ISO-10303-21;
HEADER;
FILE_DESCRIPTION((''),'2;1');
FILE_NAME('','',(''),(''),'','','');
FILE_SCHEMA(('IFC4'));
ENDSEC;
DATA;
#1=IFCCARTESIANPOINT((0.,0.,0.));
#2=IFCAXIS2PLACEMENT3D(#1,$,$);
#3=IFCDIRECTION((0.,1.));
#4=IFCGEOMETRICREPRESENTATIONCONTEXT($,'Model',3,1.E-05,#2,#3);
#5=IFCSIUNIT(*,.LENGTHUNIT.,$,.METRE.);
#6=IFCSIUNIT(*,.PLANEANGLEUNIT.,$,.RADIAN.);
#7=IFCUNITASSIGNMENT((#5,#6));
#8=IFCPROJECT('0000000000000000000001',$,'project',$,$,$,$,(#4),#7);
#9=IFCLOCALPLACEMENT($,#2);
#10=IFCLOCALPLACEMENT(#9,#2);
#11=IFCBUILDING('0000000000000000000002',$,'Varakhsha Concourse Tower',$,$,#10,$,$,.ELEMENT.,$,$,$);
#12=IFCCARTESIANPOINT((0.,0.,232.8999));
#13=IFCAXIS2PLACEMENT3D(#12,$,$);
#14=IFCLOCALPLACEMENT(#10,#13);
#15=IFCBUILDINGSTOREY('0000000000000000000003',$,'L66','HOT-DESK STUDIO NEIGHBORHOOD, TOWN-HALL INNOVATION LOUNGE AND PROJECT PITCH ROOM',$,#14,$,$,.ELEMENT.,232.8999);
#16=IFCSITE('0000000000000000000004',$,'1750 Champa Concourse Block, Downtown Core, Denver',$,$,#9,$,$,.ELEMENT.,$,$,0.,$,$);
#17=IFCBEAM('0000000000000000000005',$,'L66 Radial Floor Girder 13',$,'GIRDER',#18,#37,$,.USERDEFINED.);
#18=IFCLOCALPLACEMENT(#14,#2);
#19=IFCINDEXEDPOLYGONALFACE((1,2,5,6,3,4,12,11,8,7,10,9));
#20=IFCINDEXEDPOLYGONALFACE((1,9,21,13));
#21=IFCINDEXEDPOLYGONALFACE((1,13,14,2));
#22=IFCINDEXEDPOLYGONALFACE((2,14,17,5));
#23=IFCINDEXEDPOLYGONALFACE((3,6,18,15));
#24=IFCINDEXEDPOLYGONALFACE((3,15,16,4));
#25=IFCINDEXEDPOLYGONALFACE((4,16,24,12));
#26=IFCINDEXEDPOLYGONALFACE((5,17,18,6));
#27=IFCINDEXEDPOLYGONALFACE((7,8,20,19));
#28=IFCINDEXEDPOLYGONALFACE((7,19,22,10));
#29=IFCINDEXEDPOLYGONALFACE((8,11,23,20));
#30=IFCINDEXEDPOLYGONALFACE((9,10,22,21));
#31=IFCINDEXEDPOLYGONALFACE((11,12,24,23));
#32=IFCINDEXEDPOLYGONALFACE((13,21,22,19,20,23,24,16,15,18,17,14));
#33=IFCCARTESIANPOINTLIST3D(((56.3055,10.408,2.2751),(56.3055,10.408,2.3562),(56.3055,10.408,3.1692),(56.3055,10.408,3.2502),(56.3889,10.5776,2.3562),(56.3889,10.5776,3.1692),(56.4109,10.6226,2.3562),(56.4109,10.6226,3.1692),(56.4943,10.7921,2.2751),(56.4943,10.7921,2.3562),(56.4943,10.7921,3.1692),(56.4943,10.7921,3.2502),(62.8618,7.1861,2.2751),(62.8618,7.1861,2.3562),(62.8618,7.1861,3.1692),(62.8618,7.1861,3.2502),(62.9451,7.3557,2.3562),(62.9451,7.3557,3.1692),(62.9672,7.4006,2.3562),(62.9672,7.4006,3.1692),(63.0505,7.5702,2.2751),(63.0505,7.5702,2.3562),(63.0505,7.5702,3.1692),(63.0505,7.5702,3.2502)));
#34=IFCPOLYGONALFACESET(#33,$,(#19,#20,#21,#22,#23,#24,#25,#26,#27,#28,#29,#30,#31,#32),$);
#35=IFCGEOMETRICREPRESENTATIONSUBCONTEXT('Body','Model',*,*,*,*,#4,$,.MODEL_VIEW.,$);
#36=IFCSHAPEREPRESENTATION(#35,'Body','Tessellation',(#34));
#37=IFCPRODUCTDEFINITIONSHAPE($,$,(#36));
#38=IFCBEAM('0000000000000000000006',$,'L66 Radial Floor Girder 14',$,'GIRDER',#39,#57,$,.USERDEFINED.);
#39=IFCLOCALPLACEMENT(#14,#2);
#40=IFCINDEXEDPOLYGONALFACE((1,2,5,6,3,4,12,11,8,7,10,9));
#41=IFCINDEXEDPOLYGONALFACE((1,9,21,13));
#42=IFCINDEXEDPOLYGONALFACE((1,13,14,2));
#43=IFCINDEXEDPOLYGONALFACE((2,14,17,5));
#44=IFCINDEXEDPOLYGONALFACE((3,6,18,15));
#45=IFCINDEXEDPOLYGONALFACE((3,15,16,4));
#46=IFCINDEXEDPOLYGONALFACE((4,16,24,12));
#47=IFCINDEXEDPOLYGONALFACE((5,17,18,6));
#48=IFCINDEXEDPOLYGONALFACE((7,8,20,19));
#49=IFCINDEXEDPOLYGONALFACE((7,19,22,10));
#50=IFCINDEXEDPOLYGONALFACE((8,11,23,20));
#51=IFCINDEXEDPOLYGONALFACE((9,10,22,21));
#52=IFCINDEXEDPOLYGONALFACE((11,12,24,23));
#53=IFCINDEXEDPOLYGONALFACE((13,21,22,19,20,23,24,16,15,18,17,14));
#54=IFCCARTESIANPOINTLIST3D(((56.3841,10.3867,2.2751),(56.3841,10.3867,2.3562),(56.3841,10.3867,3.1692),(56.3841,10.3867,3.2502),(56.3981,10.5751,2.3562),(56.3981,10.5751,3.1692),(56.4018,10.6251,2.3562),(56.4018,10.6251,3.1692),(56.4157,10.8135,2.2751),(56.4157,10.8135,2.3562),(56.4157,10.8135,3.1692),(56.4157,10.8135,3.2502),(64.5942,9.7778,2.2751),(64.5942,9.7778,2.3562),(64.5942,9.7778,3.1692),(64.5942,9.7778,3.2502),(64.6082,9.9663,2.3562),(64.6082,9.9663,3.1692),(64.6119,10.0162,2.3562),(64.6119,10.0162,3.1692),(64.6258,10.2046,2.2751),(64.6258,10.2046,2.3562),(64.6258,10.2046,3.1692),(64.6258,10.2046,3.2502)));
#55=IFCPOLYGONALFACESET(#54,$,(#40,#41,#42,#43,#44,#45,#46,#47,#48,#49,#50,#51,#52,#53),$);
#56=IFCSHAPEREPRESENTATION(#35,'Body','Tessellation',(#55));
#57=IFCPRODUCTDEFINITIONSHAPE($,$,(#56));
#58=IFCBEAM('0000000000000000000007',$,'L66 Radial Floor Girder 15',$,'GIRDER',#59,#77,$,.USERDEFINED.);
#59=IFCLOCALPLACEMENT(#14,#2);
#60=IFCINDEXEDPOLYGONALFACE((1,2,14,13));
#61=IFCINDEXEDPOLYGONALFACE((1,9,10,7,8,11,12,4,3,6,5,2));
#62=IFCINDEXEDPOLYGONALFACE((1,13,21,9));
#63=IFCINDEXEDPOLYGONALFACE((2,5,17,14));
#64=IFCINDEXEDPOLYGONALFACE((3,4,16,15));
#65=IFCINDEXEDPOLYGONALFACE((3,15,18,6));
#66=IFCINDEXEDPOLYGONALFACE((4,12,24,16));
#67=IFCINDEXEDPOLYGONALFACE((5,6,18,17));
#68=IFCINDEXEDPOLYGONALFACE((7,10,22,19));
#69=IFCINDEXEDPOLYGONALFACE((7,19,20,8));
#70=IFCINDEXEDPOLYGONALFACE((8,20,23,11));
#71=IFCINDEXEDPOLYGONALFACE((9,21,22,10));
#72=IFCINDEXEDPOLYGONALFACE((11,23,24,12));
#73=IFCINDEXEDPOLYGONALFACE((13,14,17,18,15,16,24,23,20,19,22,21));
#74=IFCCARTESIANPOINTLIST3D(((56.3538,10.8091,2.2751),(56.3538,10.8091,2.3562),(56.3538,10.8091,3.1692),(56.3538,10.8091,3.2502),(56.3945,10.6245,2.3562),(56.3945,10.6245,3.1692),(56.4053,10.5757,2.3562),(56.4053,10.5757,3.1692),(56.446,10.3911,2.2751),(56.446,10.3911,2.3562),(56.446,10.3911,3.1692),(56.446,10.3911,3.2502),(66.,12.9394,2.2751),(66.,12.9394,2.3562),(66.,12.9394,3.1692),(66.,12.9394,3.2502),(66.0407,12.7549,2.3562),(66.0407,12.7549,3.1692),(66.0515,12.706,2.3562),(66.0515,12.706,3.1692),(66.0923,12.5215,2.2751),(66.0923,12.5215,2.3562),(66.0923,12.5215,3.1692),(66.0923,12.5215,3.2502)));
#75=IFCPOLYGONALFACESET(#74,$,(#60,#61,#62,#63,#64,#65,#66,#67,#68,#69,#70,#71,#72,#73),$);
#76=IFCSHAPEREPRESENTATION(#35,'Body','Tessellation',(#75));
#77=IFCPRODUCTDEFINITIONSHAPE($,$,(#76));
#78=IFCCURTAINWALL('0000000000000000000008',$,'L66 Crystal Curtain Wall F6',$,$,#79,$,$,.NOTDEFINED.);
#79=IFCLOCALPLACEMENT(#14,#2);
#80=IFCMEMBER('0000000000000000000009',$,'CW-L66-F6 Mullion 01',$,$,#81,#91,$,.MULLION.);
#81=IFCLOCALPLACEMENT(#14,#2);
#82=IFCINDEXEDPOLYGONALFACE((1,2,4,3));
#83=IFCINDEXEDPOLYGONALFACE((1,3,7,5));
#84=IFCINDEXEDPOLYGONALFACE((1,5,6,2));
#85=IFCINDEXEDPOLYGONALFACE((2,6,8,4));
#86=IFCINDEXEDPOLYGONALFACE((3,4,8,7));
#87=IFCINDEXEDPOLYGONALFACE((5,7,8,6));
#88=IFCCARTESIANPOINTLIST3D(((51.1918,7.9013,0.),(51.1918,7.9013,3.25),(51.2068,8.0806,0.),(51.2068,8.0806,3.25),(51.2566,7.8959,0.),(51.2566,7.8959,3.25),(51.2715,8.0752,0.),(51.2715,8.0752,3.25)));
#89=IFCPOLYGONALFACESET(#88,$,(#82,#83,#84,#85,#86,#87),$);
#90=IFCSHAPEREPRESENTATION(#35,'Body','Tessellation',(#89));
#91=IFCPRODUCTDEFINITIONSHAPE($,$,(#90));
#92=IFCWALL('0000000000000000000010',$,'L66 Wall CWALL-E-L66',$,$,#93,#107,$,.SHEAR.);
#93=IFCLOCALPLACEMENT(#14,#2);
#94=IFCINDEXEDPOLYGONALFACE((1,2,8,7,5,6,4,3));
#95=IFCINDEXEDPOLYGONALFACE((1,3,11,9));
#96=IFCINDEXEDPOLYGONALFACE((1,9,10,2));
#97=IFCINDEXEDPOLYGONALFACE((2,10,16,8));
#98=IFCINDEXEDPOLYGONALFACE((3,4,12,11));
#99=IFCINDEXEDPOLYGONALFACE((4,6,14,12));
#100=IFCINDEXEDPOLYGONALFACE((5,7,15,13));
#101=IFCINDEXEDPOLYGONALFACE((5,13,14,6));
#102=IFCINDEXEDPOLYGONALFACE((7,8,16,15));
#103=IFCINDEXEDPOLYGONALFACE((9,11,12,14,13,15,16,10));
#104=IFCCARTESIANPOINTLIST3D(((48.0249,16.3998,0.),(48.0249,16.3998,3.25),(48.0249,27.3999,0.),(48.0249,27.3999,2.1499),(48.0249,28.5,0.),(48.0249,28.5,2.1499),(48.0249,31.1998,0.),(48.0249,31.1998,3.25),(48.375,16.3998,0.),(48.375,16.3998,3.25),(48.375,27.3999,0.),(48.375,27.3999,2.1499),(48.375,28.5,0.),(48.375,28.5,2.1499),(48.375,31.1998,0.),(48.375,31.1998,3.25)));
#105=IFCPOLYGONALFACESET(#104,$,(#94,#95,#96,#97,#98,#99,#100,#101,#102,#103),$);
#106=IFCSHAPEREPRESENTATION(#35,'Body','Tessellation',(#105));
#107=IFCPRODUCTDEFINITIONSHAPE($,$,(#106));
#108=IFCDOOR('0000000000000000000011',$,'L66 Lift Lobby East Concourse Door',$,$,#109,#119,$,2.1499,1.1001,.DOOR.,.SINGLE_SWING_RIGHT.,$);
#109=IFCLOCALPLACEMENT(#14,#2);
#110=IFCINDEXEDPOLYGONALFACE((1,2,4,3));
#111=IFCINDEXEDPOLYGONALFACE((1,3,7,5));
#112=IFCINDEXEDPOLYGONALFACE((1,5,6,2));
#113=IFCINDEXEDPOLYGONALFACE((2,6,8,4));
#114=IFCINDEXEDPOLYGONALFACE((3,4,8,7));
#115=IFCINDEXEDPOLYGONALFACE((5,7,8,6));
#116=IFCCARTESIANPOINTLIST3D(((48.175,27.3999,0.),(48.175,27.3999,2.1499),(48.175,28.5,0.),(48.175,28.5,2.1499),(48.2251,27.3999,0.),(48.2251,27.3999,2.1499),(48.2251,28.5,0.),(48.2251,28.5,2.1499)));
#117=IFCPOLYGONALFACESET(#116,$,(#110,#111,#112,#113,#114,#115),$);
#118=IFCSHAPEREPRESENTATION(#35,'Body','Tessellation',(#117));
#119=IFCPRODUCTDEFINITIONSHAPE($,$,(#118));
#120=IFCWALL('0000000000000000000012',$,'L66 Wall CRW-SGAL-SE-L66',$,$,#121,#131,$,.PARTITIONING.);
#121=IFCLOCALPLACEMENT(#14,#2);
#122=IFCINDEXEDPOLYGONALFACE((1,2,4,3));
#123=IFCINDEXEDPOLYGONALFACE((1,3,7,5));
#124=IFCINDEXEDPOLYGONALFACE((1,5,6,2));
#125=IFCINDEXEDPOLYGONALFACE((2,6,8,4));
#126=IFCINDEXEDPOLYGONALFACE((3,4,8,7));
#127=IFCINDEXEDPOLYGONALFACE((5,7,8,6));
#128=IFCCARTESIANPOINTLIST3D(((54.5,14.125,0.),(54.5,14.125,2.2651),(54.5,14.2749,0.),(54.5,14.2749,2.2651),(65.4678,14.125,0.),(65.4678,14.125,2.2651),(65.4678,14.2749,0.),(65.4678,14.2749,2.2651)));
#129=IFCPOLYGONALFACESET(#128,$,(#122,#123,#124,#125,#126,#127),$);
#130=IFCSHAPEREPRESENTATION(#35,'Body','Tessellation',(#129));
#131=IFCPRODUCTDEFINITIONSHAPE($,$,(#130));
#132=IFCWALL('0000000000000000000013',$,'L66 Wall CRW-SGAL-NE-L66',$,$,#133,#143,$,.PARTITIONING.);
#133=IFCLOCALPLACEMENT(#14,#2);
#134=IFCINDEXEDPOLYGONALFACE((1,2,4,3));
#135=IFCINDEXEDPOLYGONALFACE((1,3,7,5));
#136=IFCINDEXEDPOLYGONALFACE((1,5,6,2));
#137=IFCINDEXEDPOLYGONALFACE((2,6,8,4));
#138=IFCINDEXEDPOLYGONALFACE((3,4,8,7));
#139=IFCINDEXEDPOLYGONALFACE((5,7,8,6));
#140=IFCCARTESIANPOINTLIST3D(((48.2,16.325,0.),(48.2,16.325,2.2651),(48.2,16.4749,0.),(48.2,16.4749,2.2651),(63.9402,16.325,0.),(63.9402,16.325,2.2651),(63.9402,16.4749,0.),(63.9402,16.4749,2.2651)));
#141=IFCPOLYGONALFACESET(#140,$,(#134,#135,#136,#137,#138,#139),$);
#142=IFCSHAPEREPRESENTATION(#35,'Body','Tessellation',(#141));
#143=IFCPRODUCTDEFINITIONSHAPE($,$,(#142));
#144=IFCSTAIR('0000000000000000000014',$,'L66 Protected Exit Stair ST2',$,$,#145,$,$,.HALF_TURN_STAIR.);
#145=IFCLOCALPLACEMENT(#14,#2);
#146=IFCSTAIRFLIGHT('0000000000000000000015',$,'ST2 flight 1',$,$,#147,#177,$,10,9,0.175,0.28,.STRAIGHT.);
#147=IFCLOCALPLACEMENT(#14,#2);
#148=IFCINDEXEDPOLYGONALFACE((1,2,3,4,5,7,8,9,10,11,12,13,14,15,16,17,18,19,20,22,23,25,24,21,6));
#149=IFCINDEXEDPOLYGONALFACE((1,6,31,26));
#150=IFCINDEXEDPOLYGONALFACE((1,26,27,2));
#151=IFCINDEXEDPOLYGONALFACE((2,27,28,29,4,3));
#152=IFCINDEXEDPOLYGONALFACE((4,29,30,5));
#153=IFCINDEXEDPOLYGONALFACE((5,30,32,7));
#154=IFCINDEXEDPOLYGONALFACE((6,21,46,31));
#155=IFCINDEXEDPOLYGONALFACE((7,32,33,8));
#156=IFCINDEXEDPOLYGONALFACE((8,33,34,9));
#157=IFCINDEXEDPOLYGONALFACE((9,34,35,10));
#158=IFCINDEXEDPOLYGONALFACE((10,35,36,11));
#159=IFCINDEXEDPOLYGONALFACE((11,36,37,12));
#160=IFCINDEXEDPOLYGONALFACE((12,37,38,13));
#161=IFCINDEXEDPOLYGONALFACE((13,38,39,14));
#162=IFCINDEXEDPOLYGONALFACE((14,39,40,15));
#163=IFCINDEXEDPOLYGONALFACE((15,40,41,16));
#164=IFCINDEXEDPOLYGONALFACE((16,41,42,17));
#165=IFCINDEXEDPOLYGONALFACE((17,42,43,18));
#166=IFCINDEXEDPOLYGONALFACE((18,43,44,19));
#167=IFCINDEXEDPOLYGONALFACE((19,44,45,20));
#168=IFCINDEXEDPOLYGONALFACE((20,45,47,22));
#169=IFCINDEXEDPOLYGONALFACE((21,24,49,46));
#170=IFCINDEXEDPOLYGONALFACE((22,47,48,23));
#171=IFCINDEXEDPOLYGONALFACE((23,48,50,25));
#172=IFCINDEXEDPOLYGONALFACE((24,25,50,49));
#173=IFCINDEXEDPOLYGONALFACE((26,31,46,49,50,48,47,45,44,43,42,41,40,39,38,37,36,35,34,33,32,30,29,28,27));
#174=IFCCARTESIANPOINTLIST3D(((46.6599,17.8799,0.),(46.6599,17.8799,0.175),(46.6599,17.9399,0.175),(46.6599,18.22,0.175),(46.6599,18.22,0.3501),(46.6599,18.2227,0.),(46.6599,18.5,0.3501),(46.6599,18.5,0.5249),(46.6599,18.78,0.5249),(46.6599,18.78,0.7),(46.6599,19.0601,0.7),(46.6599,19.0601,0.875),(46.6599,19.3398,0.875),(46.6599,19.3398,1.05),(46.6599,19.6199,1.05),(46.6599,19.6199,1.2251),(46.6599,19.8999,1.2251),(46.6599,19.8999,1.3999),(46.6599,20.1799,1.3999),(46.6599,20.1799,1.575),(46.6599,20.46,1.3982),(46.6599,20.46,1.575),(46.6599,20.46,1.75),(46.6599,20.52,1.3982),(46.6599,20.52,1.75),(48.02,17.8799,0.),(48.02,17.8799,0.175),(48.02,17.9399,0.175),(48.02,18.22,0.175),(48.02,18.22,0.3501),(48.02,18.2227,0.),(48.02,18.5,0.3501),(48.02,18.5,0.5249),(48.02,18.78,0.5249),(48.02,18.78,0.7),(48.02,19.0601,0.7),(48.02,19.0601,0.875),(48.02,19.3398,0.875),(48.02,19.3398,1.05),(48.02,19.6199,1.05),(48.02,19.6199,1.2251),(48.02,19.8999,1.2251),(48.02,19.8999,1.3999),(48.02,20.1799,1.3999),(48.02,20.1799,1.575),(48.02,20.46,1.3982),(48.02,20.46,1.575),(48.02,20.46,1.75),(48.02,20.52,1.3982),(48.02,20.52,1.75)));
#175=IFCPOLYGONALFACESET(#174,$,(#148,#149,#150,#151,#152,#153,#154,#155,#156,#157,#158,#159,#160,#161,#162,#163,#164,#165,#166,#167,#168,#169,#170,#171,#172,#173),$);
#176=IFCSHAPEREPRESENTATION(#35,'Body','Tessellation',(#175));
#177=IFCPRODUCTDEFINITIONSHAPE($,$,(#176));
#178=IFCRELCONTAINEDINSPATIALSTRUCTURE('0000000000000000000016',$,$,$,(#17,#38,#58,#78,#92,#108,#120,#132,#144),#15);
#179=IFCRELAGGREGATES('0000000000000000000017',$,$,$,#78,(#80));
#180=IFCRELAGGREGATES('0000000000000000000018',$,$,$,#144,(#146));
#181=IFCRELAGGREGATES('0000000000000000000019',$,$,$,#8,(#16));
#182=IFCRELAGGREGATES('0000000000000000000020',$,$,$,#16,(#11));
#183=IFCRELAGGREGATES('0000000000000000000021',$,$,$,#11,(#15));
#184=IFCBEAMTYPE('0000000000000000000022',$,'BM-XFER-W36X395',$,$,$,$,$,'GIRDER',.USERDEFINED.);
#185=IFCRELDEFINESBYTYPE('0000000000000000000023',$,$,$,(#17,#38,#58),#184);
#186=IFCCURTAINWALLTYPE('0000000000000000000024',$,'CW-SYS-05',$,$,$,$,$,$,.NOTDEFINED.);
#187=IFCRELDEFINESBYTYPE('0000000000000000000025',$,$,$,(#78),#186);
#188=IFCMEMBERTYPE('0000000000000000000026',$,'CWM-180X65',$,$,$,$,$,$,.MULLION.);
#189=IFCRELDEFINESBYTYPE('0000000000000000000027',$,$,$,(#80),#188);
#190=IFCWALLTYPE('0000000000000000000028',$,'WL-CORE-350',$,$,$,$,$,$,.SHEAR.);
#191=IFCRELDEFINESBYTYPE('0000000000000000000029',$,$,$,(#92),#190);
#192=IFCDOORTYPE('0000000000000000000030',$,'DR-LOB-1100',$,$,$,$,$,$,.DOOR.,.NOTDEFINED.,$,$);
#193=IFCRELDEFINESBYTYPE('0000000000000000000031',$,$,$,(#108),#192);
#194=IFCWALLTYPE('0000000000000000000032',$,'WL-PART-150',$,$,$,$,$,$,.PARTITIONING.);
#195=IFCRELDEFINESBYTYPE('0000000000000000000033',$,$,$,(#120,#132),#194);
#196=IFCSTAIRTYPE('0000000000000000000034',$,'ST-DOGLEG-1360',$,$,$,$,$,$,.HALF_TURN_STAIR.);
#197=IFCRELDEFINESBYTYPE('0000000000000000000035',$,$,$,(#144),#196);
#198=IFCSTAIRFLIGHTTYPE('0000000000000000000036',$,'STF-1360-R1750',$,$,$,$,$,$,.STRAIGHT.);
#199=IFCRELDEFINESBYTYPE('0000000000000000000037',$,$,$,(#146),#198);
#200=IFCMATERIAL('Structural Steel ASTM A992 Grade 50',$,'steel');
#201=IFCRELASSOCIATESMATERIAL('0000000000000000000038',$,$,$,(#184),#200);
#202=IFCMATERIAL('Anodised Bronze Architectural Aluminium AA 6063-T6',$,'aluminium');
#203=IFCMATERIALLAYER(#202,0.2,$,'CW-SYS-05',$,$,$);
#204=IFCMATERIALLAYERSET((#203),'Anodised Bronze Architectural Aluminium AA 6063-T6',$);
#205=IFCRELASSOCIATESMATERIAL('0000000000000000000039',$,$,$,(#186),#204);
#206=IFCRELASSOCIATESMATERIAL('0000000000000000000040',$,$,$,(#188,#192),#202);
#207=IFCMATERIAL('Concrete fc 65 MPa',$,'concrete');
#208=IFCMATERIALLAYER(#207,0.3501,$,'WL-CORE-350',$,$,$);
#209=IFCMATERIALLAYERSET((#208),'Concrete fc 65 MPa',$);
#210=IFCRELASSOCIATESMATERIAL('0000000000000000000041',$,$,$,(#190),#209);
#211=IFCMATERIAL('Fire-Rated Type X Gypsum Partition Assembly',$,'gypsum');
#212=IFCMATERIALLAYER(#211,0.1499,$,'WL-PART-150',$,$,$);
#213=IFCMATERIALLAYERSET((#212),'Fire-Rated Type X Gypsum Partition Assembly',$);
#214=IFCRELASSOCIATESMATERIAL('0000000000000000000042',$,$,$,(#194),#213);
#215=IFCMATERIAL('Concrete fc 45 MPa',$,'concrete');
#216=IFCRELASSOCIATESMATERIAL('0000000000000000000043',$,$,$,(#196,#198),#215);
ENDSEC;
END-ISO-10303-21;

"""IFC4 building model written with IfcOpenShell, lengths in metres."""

from ifc_helpers import new_model, si_unit, direction, frame, frame_2d, origin, origin_2d, place, context, subcontext, project, spatial, polyline, rectangle, i_section, outline, extrude, source, transform, mapped, material, layer, layer_set, material_profile, profile_set, type_object, type_shapes, element, fill, aggregate, save


model = new_model("IFC4")

# Units and contexts
model_context = context("Model", 3, precision=1e-05, world=origin(), true_north=direction((0.0, 1.0)))
body_context = subcontext(model_context, "Body", "Model", "MODEL_VIEW")
ifc_project = project(units=[si_unit("LENGTHUNIT", "METRE"), si_unit("PLANEANGLEUNIT", "RADIAN")], contexts=[model_context])

# Site, building, storey
site_placement = place(None, origin())
site = spatial("IfcSite", under=ifc_project, at=site_placement, Name="1750 Champa Concourse Block, Downtown Core, Denver", CompositionType="ELEMENT", RefElevation=0.0)
building_placement = place(site_placement, origin())
building = spatial("IfcBuilding", under=site, at=building_placement, Name="Varakhsha Concourse Tower", CompositionType="ELEMENT")
storey_placement = place(building_placement, frame((0.0, 0.0, 232.8999)))
storey = spatial("IfcBuildingStorey", under=building, at=storey_placement, Name="L66", Description="HOT-DESK STUDIO NEIGHBORHOOD, TOWN-HALL INNOVATION LOUNGE AND PROJECT PITCH ROOM", CompositionType="ELEMENT", Elevation=232.8999)

# Shared definitions
ifc_material_1 = material(Name="Structural Steel ASTM A992 Grade 50", Category="steel")
ifc_material_2 = material(Name="Concrete fc 65 MPa", Category="concrete")

# Beams
ifc_material_profile_1 = material_profile(ifc_material_1, i_section(OverallWidth=0.428, OverallDepth=0.9751, WebThickness=0.05, FlangeThickness=0.0811, at=origin_2d()), Name="W36X395")
ifc_profile_set_1 = profile_set([ifc_material_profile_1], Name="Structural Steel ASTM A992 Grade 50")
beam_type_1 = type_object("IfcBeamType", Name="BM-XFER-W36X395", ElementType="GIRDER", PredefinedType="USERDEFINED", material=ifc_profile_set_1)
beam_1_placement = place(storey_placement, frame((56.3999, 10.6001, 2.7627), z_axis=(0.897481, -0.441054, 0.0), x_axis=(0.441054, 0.897481, 0.0)))
element("IfcBeam", 1, at=beam_1_placement, inside=storey, type_object=beam_type_1, Name="L66 Radial Floor Girder 13", ObjectType="GIRDER", PredefinedType="USERDEFINED", context=body_context, shape_type="SweptSolid", body=[
    extrude(i_section(OverallWidth=0.428, OverallDepth=0.9751, WebThickness=0.05, FlangeThickness=0.0811, at=origin_2d()), origin(), (0.0, 0.0, 1.0), 7.3052),
])
beam_2_placement = place(storey_placement, frame((56.3999, 10.6001, 2.7627), z_axis=(0.997261, -0.073959, 0.0), x_axis=(0.073959, 0.997261, 0.0)))
element("IfcBeam", 2, at=beam_2_placement, inside=storey, type_object=beam_type_1, Name="L66 Radial Floor Girder 14", ObjectType="GIRDER", PredefinedType="USERDEFINED", context=body_context, shape_type="SweptSolid", body=[
    extrude(i_section(OverallWidth=0.428, OverallDepth=0.9751, WebThickness=0.05, FlangeThickness=0.0811, at=origin_2d()), origin(), (0.0, 0.0, 1.0), 8.2327),
])
beam_3_placement = place(storey_placement, frame((56.3999, 10.6001, 2.7627), z_axis=(0.97647, 0.215653, 0.0), x_axis=(-0.215653, 0.97647, 0.0)))
element("IfcBeam", 3, at=beam_3_placement, inside=storey, type_object=beam_type_1, Name="L66 Radial Floor Girder 15", ObjectType="GIRDER", PredefinedType="USERDEFINED", context=body_context, shape_type="SweptSolid", body=[
    extrude(i_section(OverallWidth=0.428, OverallDepth=0.9751, WebThickness=0.05, FlangeThickness=0.0811, at=origin_2d()), origin(), (0.0, 0.0, 1.0), 9.8787),
])

# Curtain wall, member
ifc_material_3 = material(Name="Anodised Bronze Architectural Aluminium AA 6063-T6", Category="aluminium")
ifc_layer_1 = layer(ifc_material_3, 0.2, Name="CW-SYS-05")
ifc_layer_set_1 = layer_set([ifc_layer_1], Name="Anodised Bronze Architectural Aluminium AA 6063-T6")
curtain_wall_type = type_object("IfcCurtainWallType", Name="CW-SYS-05", PredefinedType="NOTDEFINED", material=ifc_layer_set_1)
curtain_wall_placement = place(storey_placement, origin())
curtain_wall = element("IfcCurtainWall", 4, at=curtain_wall_placement, inside=storey, type_object=curtain_wall_type, Name="L66 Crystal Curtain Wall F6", PredefinedType="NOTDEFINED")
ifc_material_profile_2 = material_profile(ifc_material_3, rectangle(XDim=0.0649, YDim=0.1799, at=origin_2d()), Name="CWM-180X65")
ifc_profile_set_2 = profile_set([ifc_material_profile_2], Name="Anodised Bronze Architectural Aluminium AA 6063-T6")
member_type = type_object("IfcMemberType", Name="CWM-180X65", PredefinedType="MULLION", material=ifc_profile_set_2)
shared_shape = source(origin(), body_context, "Body", "SweptSolid", [
    extrude(rectangle(XDim=0.0649, YDim=0.1799, at=origin_2d()), origin(), (0.0, 0.0, 1.0), 3.25),
])
type_shapes(member_type, [shared_shape])
member_placement = place(storey_placement, frame((51.2317, 7.9883, 0.0), z_axis=(0.0, 0.0, 1.0), x_axis=(-0.996529, 0.083247, 0.0)))
member = element("IfcMember", 5, at=member_placement, type_object=member_type, Name="CW-L66-F6 Mullion 01", PredefinedType="MULLION", context=body_context, shape_type="MappedRepresentation", body=[
    mapped(shared_shape, transform((0.0, 0.0, 0.0), scale=1.0)),
])
aggregate(curtain_wall, [member])

# Wall, opening, door
ifc_layer_2 = layer(ifc_material_2, 0.3501, Name="WL-CORE-350")
ifc_layer_set_2 = layer_set([ifc_layer_2], Name="Concrete fc 65 MPa")
wall_type_1 = type_object("IfcWallType", Name="WL-CORE-350", PredefinedType="SHEAR", material=ifc_layer_set_2)
wall_1_placement = place(storey_placement, frame((48.2, 16.3999, 0.0), z_axis=(0.0, 0.0, 1.0), x_axis=(0.0, 1.0, 0.0)))
wall_1 = element("IfcWall", 6, at=wall_1_placement, inside=storey, type_object=wall_type_1, Name="L66 Wall CWALL-E-L66", PredefinedType="SHEAR", context=body_context, shape_type="SweptSolid", body=[
    extrude(rectangle(XDim=14.8, YDim=0.3501, at=frame_2d((7.3999, 0.0))), origin(), (0.0, 0.0, 1.0), 3.25),
])
opening_placement = place(wall_1_placement, frame((11.0, 0.0, 0.0)))
opening = element("IfcOpeningElement", 7, at=opening_placement, cuts=wall_1, PredefinedType="OPENING", context=body_context, shape_type="SweptSolid", body=[
    extrude(rectangle(XDim=1.1001, YDim=2.1499, at=frame_2d((0.55, 1.075))), frame((0.0, 0.1851, 0.0), z_axis=(0.0, -1.0, 0.0), x_axis=(1.0, 0.0, 0.0)), (0.0, 0.0, 1.0), 0.3701),
])
door_type = type_object("IfcDoorType", Name="DR-LOB-1100", OperationType="NOTDEFINED", PredefinedType="DOOR", material=ifc_material_3)
door_placement = place(opening_placement, origin())
door = element("IfcDoor", 8, at=door_placement, inside=storey, type_object=door_type, Name="L66 Lift Lobby East Concourse Door", OperationType="SINGLE_SWING_RIGHT", OverallHeight=2.1499, OverallWidth=1.1001, PredefinedType="DOOR", context=body_context, shape_type="SweptSolid", body=[
    extrude(rectangle(XDim=1.1001, YDim=2.1499, at=frame_2d((0.55, 1.075))), frame((0.0, 0.0249, 0.0), z_axis=(0.0, -1.0, 0.0), x_axis=(1.0, 0.0, 0.0)), (0.0, 0.0, 1.0), 0.05),
])
fill(opening, door)

# Walls
ifc_material_4 = material(Name="Fire-Rated Type X Gypsum Partition Assembly", Category="gypsum")
ifc_layer_3 = layer(ifc_material_4, 0.1499, Name="WL-PART-150")
ifc_layer_set_3 = layer_set([ifc_layer_3], Name="Fire-Rated Type X Gypsum Partition Assembly")
wall_type_2 = type_object("IfcWallType", Name="WL-PART-150", PredefinedType="PARTITIONING", material=ifc_layer_set_3)
wall_2_placement = place(storey_placement, frame((54.5, 14.2, 0.0), z_axis=(0.0, 0.0, 1.0), x_axis=(1.0, 0.0, 0.0)))
element("IfcWall", 9, at=wall_2_placement, inside=storey, type_object=wall_type_2, Name="L66 Wall CRW-SGAL-SE-L66", PredefinedType="PARTITIONING", context=body_context, shape_type="SweptSolid", body=[
    extrude(rectangle(XDim=10.9678, YDim=0.1499, at=frame_2d((5.4839, 0.0))), origin(), (0.0, 0.0, 1.0), 2.2651),
])
wall_3_placement = place(storey_placement, frame((48.2, 16.3999, 0.0), z_axis=(0.0, 0.0, 1.0), x_axis=(1.0, 0.0, 0.0)))
element("IfcWall", 10, at=wall_3_placement, inside=storey, type_object=wall_type_2, Name="L66 Wall CRW-SGAL-NE-L66", PredefinedType="PARTITIONING", context=body_context, shape_type="SweptSolid", body=[
    extrude(rectangle(XDim=15.7402, YDim=0.1499, at=frame_2d((7.8701, 0.0))), origin(), (0.0, 0.0, 1.0), 2.2651),
])

# Stair, stair flight
ifc_material_5 = material(Name="Concrete fc 45 MPa", Category="concrete")
stair_type = type_object("IfcStairType", Name="ST-DOGLEG-1360", PredefinedType="HALF_TURN_STAIR", material=ifc_material_5)
stair_placement = place(storey_placement, origin())
stair = element("IfcStair", 11, at=stair_placement, inside=storey, type_object=stair_type, Name="L66 Protected Exit Stair ST2", PredefinedType="HALF_TURN_STAIR")
stair_flight_type = type_object("IfcStairFlightType", Name="STF-1360-R1750", PredefinedType="STRAIGHT", material=ifc_material_5)
stair_flight_placement = place(storey_placement, frame((47.3401, 17.9399, 0.0), z_axis=(0.0, 0.0, 1.0), x_axis=(0.0, 1.0, 0.0)))
stair_flight = element("IfcStairFlight", 12, at=stair_flight_placement, type_object=stair_flight_type, Name="ST2 flight 1", NumberOfRisers=10, NumberOfTreads=9, PredefinedType="STRAIGHT", RiserHeight=0.175, TreadLength=0.28, context=body_context, shape_type="SweptSolid", body=[
    extrude(outline(polyline([(-0.0601, 0.0), (-0.0601, 0.175), (0.0, 0.175), (0.28, 0.175), (0.28, 0.3501), (0.5601, 0.3501), (0.5601, 0.5249), (0.8401, 0.5249), (0.8401, 0.7), (1.1201, 0.7), (1.1201, 0.875), (1.3999, 0.875), (1.3999, 1.05), (1.6799, 1.05), (1.6799, 1.2251), (1.96, 1.2251), (1.96, 1.3999), (2.24, 1.3999), (2.24, 1.575), (2.52, 1.575), (2.52, 1.75), (2.5801, 1.75), (2.5801, 1.3982), (2.52, 1.3982), (0.2827, 0.0), (-0.0601, 0.0)])), frame((0.0, 0.6802, 0.0), z_axis=(0.0, -1.0, 0.0), x_axis=(1.0, 0.0, 0.0)), (0.0, 0.0, 1.0), 1.3601),
])
aggregate(stair, [stair_flight])

save(model, "model.ifc")
